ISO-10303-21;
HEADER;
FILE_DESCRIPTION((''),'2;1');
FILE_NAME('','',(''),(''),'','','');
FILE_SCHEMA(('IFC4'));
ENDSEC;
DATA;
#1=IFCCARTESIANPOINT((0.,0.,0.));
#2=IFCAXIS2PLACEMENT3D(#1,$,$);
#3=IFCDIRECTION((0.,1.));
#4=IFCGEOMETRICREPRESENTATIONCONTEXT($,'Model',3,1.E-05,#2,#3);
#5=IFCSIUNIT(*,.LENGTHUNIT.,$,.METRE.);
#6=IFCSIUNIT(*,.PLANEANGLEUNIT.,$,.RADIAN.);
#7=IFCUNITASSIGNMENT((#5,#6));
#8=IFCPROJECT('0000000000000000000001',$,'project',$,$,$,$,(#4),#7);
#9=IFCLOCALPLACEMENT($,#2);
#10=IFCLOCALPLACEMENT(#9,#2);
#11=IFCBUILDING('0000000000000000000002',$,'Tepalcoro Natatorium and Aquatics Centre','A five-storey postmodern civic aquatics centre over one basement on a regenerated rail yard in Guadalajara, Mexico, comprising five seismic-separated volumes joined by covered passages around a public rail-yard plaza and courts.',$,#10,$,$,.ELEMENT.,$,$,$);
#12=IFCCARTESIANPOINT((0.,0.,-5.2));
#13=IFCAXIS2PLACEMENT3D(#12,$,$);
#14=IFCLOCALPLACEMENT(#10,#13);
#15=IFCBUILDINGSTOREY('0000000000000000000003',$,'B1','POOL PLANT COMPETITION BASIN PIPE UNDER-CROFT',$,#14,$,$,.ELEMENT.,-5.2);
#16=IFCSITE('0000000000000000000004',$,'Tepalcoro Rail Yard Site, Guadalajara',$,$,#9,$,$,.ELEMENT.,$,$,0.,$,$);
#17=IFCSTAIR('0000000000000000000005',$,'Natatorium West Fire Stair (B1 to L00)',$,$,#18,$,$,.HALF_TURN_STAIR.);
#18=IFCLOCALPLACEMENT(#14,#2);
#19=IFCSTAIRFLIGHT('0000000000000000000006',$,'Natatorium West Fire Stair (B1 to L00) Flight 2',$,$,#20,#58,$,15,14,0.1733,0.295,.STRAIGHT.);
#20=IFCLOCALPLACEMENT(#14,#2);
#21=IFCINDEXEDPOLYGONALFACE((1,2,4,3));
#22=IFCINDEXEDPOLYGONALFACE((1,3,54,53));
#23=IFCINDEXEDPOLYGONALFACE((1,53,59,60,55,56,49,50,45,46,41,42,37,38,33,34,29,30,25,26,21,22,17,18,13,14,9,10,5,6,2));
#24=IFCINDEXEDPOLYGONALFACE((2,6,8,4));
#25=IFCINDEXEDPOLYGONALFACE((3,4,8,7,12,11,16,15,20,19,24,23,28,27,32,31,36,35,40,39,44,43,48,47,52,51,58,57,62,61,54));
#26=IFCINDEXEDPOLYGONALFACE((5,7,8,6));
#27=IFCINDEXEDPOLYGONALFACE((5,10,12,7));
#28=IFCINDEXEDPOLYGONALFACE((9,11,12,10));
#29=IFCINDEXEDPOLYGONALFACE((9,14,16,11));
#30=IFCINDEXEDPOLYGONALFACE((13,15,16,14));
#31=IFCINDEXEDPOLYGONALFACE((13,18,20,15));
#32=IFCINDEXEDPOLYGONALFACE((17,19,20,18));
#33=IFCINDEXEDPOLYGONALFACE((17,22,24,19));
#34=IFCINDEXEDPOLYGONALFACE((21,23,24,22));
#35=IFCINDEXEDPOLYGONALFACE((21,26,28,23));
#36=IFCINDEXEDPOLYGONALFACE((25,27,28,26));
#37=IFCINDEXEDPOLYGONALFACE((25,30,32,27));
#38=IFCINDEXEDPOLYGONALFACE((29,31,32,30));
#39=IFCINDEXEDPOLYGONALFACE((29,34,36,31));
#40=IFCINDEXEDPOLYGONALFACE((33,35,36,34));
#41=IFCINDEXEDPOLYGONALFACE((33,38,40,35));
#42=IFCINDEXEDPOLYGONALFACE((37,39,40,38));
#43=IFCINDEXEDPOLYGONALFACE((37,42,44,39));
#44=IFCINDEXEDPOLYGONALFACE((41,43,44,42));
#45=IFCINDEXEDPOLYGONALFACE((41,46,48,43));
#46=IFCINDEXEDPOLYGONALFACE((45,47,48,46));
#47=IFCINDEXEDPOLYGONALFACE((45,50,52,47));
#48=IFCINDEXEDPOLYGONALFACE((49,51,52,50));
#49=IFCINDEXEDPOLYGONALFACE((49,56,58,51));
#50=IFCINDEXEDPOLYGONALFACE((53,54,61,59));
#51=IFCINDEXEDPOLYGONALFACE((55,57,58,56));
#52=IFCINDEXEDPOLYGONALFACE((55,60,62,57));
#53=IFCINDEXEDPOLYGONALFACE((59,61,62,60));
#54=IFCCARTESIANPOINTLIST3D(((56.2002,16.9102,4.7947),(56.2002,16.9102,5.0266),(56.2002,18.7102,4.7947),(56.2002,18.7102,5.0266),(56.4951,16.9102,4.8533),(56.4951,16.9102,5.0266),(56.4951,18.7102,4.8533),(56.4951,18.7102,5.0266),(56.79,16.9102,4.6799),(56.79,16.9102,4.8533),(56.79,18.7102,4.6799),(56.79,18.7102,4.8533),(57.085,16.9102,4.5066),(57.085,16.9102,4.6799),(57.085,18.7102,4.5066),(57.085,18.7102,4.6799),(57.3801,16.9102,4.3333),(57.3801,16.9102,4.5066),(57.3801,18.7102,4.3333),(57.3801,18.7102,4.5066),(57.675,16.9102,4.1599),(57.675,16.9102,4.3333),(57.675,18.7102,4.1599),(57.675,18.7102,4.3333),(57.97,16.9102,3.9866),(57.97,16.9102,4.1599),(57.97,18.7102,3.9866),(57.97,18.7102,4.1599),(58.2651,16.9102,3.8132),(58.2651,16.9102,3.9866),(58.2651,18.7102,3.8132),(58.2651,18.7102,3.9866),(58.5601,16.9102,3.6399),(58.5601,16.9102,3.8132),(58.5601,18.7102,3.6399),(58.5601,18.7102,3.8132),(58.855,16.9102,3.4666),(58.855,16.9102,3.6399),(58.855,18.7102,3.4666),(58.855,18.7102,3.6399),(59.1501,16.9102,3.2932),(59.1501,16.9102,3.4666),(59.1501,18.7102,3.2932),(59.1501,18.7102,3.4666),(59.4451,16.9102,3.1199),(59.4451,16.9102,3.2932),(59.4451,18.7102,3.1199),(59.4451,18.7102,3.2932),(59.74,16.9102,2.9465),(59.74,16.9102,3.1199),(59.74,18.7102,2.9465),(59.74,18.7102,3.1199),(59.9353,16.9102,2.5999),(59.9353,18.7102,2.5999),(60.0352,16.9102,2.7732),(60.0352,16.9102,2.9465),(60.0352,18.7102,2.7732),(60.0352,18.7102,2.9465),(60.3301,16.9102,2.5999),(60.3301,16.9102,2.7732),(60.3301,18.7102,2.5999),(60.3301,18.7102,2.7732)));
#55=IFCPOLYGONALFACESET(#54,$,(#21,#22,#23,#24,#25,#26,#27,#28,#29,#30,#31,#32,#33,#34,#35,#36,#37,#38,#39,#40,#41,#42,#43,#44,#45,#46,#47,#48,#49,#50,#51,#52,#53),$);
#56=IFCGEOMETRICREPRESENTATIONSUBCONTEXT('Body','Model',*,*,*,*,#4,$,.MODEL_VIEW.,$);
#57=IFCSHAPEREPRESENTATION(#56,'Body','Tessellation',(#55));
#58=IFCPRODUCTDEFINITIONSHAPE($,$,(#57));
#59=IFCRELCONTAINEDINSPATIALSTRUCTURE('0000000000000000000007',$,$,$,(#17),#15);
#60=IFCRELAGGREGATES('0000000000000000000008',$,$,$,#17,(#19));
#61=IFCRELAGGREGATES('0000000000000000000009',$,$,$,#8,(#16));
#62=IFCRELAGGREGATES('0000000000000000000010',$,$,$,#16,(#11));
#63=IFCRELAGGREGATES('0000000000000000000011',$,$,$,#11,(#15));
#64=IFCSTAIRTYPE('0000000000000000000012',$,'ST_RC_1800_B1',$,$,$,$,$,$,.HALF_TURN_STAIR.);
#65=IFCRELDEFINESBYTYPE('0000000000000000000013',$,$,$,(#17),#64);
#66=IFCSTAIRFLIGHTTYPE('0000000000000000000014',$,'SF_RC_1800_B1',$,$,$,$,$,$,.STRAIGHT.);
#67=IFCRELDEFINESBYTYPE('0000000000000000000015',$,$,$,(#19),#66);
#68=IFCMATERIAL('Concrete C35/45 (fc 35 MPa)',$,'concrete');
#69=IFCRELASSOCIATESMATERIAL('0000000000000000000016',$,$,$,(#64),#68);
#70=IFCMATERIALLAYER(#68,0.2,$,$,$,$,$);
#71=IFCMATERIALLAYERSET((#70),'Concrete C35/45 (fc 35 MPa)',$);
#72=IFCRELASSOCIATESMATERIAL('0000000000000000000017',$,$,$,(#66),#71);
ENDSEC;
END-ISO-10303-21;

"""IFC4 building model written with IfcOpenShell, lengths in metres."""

from ifc_helpers import new_model, si_unit, direction, frame, origin, place, context, subcontext, project, spatial, polyline, outline, extrude, material, layer, layer_set, type_object, element, aggregate, save


model = new_model("IFC4")

# Units and contexts
model_context = context("Model", 3, precision=1e-05, world=origin(), true_north=direction((0.0, 1.0)))
body_context = subcontext(model_context, "Body", "Model", "MODEL_VIEW")
ifc_project = project(units=[si_unit("LENGTHUNIT", "METRE"), si_unit("PLANEANGLEUNIT", "RADIAN")], contexts=[model_context])

# Site, building, storey
site_placement = place(None, origin())
site = spatial("IfcSite", under=ifc_project, at=site_placement, Name="Tepalcoro Rail Yard Site, Guadalajara", CompositionType="ELEMENT", RefElevation=0.0)
building_placement = place(site_placement, origin())
building = spatial("IfcBuilding", under=site, at=building_placement, Name="Tepalcoro Natatorium and Aquatics Centre", Description="A five-storey postmodern civic aquatics centre over one basement on a regenerated rail yard in Guadalajara, Mexico, comprising five seismic-separated volumes joined by covered passages around a public rail-yard plaza and courts.", CompositionType="ELEMENT")
storey_placement = place(building_placement, frame((0.0, 0.0, -5.2)))
storey = spatial("IfcBuildingStorey", under=building, at=storey_placement, Name="B1", Description="POOL PLANT COMPETITION BASIN PIPE UNDER-CROFT", CompositionType="ELEMENT", Elevation=-5.2)

# Shared definitions
ifc_material_1 = material(Name="Concrete C35/45 (fc 35 MPa)", Category="concrete")

# Stair, stair flight
stair_type = type_object("IfcStairType", Name="ST_RC_1800_B1", PredefinedType="HALF_TURN_STAIR", material=ifc_material_1)
stair_placement = place(storey_placement, origin())
stair = element("IfcStair", 1, at=stair_placement, inside=storey, type_object=stair_type, Name="Natatorium West Fire Stair (B1 to L00)", PredefinedType="HALF_TURN_STAIR")
ifc_layer_1 = layer(ifc_material_1, 0.2)
ifc_layer_set_1 = layer_set([ifc_layer_1], Name="Concrete C35/45 (fc 35 MPa)")
stair_flight_type = type_object("IfcStairFlightType", Name="SF_RC_1800_B1", PredefinedType="STRAIGHT", material=ifc_layer_set_1)
stair_flight_1_placement = place(storey_placement, frame((60.3301, 17.8101, 2.5999), z_axis=(0.0, 0.0, 1.0), x_axis=(-1.0, 0.0, 0.0)))
stair_flight_1 = element("IfcStairFlight", 2, at=stair_flight_1_placement, type_object=stair_flight_type, Name="Natatorium West Fire Stair (B1 to L00) Flight 2", NumberOfRisers=15, NumberOfTreads=14, PredefinedType="STRAIGHT", RiserHeight=0.1733, TreadLength=0.295, context=body_context, shape_type="SweptSolid", body=[
    extrude(outline(polyline([(0.0, 0.0), (0.0, 0.1733), (0.2949, 0.1733), (0.2949, 0.3467), (0.5901, 0.3467), (0.5901, 0.52), (0.885, 0.52), (0.885, 0.6934), (1.1799, 0.6934), (1.1799, 0.8667), (1.4751, 0.8667), (1.4751, 1.04), (1.77, 1.04), (1.77, 1.2134), (2.0649, 1.2134), (2.0649, 1.3867), (2.3601, 1.3867), (2.3601, 1.5601), (2.655, 1.5601), (2.655, 1.7334), (2.95, 1.7334), (2.95, 1.9067), (3.2451, 1.9067), (3.2451, 2.0801), (3.54, 2.0801), (3.54, 2.2534), (3.835, 2.2534), (3.835, 2.4268), (4.1299, 2.4268), (4.1299, 2.6001), (4.1299, 2.1948), (0.3948, 0.0), (0.0, 0.0)])), frame((0.0, 0.8999, 0.0), z_axis=(0.0, -1.0, 0.0), x_axis=(1.0, 0.0, 0.0)), (0.0, 0.0, 1.0), 1.8),
])
aggregate(stair, [stair_flight_1])

save(model, "model.ifc")
